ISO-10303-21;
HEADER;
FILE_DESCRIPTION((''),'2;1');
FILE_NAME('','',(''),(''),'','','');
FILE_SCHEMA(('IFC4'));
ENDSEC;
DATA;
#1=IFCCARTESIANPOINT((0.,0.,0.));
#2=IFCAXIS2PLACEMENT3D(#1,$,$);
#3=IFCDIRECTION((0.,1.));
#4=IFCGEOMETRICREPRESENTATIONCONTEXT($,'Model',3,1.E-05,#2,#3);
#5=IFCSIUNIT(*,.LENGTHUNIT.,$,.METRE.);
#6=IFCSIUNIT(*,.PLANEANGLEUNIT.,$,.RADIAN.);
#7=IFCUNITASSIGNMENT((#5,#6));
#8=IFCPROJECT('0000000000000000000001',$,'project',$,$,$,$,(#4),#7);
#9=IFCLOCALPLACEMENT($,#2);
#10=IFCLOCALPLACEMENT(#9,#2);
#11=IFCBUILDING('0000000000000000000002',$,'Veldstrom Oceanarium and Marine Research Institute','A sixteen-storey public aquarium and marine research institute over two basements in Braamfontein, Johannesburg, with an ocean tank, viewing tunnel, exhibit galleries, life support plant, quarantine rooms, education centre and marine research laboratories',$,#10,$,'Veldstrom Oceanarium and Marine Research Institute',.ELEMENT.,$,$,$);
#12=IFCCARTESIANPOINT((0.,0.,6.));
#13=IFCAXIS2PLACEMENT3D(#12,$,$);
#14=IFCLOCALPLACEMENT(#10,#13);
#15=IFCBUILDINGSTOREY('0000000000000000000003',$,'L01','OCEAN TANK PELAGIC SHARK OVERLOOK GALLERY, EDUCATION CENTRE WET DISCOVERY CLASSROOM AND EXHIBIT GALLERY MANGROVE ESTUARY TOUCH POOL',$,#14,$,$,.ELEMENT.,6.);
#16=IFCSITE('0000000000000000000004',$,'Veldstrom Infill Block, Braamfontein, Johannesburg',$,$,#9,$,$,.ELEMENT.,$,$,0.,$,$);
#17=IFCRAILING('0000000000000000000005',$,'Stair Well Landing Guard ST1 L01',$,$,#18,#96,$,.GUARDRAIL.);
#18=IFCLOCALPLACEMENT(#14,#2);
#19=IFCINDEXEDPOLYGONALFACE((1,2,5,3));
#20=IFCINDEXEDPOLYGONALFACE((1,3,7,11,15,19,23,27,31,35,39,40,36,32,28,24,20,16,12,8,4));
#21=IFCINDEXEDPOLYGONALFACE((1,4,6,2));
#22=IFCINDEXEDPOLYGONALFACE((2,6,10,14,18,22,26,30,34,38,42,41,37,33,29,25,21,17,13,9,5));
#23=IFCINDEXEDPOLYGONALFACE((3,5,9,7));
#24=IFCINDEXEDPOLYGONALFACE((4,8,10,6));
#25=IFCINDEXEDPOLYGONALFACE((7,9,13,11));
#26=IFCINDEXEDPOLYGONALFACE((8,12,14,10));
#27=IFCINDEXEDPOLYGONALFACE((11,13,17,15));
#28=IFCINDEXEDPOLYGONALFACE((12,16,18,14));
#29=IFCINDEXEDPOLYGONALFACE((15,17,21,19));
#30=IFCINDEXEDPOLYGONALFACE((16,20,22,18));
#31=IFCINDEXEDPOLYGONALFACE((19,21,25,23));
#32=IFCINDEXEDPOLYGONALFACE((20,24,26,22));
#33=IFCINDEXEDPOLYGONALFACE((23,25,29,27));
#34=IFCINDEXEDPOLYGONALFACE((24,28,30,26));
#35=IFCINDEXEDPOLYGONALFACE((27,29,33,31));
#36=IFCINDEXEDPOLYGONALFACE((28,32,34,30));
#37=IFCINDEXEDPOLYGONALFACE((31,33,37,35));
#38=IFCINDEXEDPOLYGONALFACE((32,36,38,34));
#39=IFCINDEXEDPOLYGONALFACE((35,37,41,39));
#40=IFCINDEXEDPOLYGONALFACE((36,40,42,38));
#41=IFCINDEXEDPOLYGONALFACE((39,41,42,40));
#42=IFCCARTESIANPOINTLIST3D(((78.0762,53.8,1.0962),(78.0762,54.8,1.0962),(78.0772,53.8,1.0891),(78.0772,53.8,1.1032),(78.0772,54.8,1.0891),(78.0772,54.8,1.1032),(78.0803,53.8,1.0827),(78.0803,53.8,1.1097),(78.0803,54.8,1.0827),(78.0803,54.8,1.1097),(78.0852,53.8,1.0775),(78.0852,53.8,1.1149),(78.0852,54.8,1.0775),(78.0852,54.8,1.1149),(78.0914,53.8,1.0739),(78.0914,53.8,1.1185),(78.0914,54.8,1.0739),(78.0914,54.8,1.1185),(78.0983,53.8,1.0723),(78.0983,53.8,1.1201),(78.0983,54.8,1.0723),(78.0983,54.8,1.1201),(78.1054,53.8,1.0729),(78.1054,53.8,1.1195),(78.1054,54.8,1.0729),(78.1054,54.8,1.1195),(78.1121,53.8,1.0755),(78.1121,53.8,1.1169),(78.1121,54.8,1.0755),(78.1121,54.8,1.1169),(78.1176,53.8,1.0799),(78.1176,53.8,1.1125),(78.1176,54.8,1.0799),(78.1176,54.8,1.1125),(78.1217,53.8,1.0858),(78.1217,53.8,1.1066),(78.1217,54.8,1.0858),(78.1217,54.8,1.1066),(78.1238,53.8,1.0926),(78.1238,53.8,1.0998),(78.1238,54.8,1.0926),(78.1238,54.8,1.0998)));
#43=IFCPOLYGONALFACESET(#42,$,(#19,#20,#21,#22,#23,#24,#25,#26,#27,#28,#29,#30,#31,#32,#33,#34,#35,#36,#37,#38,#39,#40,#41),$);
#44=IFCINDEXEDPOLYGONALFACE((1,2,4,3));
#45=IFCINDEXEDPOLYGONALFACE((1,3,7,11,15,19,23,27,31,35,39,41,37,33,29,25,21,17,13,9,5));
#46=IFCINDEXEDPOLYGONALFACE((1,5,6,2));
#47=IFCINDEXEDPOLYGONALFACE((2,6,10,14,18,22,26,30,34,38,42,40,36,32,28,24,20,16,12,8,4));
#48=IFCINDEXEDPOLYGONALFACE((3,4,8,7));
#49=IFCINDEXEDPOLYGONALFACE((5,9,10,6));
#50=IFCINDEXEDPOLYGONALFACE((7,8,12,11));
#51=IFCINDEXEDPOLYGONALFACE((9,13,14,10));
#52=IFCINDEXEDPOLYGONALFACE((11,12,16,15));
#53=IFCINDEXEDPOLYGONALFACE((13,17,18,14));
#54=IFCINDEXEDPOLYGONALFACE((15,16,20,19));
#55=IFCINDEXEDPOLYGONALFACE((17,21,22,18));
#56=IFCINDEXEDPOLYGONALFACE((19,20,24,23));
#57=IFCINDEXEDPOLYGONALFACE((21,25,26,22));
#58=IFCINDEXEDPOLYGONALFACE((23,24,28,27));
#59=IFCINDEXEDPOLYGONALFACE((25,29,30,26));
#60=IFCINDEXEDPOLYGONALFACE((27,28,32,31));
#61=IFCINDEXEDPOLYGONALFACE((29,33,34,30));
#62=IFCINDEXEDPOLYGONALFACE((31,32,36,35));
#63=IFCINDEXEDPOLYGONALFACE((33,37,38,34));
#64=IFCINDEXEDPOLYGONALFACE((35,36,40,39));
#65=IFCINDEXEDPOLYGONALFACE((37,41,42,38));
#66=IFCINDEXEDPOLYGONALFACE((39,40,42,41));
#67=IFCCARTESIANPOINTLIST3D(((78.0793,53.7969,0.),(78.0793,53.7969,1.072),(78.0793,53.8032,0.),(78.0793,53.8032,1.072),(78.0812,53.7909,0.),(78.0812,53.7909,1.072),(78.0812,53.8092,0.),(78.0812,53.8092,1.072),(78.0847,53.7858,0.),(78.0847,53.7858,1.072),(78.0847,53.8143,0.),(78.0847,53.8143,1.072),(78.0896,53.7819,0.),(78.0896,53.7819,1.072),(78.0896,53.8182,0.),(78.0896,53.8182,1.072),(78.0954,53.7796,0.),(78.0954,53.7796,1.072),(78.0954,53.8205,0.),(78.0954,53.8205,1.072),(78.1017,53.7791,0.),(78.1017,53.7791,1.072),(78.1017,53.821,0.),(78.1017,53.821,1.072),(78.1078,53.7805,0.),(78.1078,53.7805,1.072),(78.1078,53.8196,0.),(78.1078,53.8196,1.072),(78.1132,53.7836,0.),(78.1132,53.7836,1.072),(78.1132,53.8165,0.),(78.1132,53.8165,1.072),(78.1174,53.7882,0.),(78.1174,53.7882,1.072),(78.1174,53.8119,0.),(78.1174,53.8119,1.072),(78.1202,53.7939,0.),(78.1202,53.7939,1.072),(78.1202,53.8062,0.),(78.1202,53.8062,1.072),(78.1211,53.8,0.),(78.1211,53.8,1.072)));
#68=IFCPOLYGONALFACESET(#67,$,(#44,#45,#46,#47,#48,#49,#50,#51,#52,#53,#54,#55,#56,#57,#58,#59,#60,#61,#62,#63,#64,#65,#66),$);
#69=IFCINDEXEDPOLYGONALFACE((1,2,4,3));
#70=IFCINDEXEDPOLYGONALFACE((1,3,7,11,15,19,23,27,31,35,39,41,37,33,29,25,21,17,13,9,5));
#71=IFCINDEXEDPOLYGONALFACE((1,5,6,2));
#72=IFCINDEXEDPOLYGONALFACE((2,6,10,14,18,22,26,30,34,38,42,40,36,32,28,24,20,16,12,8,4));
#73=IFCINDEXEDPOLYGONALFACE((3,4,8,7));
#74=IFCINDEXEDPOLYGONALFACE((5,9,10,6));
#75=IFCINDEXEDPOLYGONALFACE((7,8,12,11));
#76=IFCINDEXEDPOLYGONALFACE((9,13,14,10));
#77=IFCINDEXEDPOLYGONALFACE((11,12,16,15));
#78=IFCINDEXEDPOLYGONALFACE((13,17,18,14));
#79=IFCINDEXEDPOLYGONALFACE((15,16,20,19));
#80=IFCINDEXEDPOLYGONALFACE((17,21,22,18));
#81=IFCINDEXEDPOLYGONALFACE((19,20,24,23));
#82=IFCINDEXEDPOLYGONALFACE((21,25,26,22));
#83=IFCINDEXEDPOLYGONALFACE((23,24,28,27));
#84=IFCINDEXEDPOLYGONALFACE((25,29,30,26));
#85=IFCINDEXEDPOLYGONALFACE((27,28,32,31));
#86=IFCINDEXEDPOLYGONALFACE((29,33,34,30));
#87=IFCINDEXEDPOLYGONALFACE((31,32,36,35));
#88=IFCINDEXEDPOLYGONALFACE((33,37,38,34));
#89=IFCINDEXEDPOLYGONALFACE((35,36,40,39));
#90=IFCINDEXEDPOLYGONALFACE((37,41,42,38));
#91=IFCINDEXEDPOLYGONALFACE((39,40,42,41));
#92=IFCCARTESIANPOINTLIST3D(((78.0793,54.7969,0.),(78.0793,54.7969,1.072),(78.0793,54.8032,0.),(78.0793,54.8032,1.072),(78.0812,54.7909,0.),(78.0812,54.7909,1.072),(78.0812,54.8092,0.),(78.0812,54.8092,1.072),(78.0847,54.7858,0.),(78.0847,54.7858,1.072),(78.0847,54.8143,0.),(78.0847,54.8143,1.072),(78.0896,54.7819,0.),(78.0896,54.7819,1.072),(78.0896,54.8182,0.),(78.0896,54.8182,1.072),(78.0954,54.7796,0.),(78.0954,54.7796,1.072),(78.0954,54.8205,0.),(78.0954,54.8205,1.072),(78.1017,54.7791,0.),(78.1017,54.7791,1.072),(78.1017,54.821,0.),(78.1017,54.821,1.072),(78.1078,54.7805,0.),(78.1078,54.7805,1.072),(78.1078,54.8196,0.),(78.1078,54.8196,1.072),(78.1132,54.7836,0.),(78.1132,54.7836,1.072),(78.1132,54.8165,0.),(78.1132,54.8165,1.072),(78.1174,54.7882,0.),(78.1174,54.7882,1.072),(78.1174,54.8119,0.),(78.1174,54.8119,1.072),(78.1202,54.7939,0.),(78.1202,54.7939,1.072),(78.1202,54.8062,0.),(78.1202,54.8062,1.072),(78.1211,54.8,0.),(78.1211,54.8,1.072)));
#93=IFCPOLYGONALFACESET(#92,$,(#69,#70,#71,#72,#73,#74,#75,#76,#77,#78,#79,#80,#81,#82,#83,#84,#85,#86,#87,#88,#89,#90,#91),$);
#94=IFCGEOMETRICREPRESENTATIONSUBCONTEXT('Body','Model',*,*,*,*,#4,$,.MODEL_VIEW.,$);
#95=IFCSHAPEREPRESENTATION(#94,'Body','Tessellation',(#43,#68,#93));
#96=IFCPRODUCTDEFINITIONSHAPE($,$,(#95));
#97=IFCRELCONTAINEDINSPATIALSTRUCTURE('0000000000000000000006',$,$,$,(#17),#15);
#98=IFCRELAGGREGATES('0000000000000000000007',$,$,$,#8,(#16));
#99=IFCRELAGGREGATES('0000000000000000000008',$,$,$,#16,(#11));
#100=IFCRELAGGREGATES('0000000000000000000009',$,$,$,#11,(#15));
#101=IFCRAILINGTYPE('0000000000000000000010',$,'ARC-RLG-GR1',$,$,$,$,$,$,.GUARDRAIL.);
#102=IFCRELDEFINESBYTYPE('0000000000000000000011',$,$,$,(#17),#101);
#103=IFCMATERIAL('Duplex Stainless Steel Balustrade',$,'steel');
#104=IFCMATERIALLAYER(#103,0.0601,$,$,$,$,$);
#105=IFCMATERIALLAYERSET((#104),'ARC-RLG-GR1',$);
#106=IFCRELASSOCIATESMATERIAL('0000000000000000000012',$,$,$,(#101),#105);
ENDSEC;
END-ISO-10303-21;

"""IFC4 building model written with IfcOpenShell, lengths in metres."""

from ifc_helpers import new_model, si_unit, direction, frame, origin, origin_2d, place, context, subcontext, project, spatial, circle, extrude, material, layer, layer_set, type_object, element, save


model = new_model("IFC4")

# Units and contexts
model_context = context("Model", 3, precision=1e-05, world=origin(), true_north=direction((0.0, 1.0)))
body_context = subcontext(model_context, "Body", "Model", "MODEL_VIEW")
ifc_project = project(units=[si_unit("LENGTHUNIT", "METRE"), si_unit("PLANEANGLEUNIT", "RADIAN")], contexts=[model_context])

# Site, building, storey
site_placement = place(None, origin())
site = spatial("IfcSite", under=ifc_project, at=site_placement, Name="Veldstrom Infill Block, Braamfontein, Johannesburg", CompositionType="ELEMENT", RefElevation=0.0)
building_placement = place(site_placement, origin())
building = spatial("IfcBuilding", under=site, at=building_placement, Name="Veldstrom Oceanarium and Marine Research Institute", Description="A sixteen-storey public aquarium and marine research institute over two basements in Braamfontein, Johannesburg, with an ocean tank, viewing tunnel, exhibit galleries, life support plant, quarantine rooms, education centre and marine research laboratories", LongName="Veldstrom Oceanarium and Marine Research Institute", CompositionType="ELEMENT")
storey_placement = place(building_placement, frame((0.0, 0.0, 6.0)))
storey = spatial("IfcBuildingStorey", under=building, at=storey_placement, Name="L01", Description="OCEAN TANK PELAGIC SHARK OVERLOOK GALLERY, EDUCATION CENTRE WET DISCOVERY CLASSROOM AND EXHIBIT GALLERY MANGROVE ESTUARY TOUCH POOL", CompositionType="ELEMENT", Elevation=6.0)

# Railing
ifc_material_1 = material(Name="Duplex Stainless Steel Balustrade", Category="steel")
ifc_layer_1 = layer(ifc_material_1, 0.0601)
ifc_layer_set_1 = layer_set([ifc_layer_1], Name="ARC-RLG-GR1")
railing_type_1 = type_object("IfcRailingType", Name="ARC-RLG-GR1", PredefinedType="GUARDRAIL", material=ifc_layer_set_1)
railing_1_placement = place(storey_placement, frame((78.1001, 53.8, 0.0)))
element("IfcRailing", 1, at=railing_1_placement, inside=storey, type_object=railing_type_1, Name="Stair Well Landing Guard ST1 L01", PredefinedType="GUARDRAIL", context=body_context, shape_type="SweptSolid", body=[
    extrude(circle(Radius=0.0239, at=origin_2d()), frame((0.0, 0.0, 1.0962), z_axis=(0.0, 1.0, 0.0), x_axis=(-1.0, 0.0, 0.0)), (0.0, 0.0, 1.0), 1.0),
    extrude(circle(Radius=0.021, at=origin_2d()), origin(), (0.0, 0.0, 1.0), 1.072),
    extrude(circle(Radius=0.021, at=origin_2d()), frame((0.0, 1.0, 0.0)), (0.0, 0.0, 1.0), 1.072),
])

save(model, "model.ifc")
